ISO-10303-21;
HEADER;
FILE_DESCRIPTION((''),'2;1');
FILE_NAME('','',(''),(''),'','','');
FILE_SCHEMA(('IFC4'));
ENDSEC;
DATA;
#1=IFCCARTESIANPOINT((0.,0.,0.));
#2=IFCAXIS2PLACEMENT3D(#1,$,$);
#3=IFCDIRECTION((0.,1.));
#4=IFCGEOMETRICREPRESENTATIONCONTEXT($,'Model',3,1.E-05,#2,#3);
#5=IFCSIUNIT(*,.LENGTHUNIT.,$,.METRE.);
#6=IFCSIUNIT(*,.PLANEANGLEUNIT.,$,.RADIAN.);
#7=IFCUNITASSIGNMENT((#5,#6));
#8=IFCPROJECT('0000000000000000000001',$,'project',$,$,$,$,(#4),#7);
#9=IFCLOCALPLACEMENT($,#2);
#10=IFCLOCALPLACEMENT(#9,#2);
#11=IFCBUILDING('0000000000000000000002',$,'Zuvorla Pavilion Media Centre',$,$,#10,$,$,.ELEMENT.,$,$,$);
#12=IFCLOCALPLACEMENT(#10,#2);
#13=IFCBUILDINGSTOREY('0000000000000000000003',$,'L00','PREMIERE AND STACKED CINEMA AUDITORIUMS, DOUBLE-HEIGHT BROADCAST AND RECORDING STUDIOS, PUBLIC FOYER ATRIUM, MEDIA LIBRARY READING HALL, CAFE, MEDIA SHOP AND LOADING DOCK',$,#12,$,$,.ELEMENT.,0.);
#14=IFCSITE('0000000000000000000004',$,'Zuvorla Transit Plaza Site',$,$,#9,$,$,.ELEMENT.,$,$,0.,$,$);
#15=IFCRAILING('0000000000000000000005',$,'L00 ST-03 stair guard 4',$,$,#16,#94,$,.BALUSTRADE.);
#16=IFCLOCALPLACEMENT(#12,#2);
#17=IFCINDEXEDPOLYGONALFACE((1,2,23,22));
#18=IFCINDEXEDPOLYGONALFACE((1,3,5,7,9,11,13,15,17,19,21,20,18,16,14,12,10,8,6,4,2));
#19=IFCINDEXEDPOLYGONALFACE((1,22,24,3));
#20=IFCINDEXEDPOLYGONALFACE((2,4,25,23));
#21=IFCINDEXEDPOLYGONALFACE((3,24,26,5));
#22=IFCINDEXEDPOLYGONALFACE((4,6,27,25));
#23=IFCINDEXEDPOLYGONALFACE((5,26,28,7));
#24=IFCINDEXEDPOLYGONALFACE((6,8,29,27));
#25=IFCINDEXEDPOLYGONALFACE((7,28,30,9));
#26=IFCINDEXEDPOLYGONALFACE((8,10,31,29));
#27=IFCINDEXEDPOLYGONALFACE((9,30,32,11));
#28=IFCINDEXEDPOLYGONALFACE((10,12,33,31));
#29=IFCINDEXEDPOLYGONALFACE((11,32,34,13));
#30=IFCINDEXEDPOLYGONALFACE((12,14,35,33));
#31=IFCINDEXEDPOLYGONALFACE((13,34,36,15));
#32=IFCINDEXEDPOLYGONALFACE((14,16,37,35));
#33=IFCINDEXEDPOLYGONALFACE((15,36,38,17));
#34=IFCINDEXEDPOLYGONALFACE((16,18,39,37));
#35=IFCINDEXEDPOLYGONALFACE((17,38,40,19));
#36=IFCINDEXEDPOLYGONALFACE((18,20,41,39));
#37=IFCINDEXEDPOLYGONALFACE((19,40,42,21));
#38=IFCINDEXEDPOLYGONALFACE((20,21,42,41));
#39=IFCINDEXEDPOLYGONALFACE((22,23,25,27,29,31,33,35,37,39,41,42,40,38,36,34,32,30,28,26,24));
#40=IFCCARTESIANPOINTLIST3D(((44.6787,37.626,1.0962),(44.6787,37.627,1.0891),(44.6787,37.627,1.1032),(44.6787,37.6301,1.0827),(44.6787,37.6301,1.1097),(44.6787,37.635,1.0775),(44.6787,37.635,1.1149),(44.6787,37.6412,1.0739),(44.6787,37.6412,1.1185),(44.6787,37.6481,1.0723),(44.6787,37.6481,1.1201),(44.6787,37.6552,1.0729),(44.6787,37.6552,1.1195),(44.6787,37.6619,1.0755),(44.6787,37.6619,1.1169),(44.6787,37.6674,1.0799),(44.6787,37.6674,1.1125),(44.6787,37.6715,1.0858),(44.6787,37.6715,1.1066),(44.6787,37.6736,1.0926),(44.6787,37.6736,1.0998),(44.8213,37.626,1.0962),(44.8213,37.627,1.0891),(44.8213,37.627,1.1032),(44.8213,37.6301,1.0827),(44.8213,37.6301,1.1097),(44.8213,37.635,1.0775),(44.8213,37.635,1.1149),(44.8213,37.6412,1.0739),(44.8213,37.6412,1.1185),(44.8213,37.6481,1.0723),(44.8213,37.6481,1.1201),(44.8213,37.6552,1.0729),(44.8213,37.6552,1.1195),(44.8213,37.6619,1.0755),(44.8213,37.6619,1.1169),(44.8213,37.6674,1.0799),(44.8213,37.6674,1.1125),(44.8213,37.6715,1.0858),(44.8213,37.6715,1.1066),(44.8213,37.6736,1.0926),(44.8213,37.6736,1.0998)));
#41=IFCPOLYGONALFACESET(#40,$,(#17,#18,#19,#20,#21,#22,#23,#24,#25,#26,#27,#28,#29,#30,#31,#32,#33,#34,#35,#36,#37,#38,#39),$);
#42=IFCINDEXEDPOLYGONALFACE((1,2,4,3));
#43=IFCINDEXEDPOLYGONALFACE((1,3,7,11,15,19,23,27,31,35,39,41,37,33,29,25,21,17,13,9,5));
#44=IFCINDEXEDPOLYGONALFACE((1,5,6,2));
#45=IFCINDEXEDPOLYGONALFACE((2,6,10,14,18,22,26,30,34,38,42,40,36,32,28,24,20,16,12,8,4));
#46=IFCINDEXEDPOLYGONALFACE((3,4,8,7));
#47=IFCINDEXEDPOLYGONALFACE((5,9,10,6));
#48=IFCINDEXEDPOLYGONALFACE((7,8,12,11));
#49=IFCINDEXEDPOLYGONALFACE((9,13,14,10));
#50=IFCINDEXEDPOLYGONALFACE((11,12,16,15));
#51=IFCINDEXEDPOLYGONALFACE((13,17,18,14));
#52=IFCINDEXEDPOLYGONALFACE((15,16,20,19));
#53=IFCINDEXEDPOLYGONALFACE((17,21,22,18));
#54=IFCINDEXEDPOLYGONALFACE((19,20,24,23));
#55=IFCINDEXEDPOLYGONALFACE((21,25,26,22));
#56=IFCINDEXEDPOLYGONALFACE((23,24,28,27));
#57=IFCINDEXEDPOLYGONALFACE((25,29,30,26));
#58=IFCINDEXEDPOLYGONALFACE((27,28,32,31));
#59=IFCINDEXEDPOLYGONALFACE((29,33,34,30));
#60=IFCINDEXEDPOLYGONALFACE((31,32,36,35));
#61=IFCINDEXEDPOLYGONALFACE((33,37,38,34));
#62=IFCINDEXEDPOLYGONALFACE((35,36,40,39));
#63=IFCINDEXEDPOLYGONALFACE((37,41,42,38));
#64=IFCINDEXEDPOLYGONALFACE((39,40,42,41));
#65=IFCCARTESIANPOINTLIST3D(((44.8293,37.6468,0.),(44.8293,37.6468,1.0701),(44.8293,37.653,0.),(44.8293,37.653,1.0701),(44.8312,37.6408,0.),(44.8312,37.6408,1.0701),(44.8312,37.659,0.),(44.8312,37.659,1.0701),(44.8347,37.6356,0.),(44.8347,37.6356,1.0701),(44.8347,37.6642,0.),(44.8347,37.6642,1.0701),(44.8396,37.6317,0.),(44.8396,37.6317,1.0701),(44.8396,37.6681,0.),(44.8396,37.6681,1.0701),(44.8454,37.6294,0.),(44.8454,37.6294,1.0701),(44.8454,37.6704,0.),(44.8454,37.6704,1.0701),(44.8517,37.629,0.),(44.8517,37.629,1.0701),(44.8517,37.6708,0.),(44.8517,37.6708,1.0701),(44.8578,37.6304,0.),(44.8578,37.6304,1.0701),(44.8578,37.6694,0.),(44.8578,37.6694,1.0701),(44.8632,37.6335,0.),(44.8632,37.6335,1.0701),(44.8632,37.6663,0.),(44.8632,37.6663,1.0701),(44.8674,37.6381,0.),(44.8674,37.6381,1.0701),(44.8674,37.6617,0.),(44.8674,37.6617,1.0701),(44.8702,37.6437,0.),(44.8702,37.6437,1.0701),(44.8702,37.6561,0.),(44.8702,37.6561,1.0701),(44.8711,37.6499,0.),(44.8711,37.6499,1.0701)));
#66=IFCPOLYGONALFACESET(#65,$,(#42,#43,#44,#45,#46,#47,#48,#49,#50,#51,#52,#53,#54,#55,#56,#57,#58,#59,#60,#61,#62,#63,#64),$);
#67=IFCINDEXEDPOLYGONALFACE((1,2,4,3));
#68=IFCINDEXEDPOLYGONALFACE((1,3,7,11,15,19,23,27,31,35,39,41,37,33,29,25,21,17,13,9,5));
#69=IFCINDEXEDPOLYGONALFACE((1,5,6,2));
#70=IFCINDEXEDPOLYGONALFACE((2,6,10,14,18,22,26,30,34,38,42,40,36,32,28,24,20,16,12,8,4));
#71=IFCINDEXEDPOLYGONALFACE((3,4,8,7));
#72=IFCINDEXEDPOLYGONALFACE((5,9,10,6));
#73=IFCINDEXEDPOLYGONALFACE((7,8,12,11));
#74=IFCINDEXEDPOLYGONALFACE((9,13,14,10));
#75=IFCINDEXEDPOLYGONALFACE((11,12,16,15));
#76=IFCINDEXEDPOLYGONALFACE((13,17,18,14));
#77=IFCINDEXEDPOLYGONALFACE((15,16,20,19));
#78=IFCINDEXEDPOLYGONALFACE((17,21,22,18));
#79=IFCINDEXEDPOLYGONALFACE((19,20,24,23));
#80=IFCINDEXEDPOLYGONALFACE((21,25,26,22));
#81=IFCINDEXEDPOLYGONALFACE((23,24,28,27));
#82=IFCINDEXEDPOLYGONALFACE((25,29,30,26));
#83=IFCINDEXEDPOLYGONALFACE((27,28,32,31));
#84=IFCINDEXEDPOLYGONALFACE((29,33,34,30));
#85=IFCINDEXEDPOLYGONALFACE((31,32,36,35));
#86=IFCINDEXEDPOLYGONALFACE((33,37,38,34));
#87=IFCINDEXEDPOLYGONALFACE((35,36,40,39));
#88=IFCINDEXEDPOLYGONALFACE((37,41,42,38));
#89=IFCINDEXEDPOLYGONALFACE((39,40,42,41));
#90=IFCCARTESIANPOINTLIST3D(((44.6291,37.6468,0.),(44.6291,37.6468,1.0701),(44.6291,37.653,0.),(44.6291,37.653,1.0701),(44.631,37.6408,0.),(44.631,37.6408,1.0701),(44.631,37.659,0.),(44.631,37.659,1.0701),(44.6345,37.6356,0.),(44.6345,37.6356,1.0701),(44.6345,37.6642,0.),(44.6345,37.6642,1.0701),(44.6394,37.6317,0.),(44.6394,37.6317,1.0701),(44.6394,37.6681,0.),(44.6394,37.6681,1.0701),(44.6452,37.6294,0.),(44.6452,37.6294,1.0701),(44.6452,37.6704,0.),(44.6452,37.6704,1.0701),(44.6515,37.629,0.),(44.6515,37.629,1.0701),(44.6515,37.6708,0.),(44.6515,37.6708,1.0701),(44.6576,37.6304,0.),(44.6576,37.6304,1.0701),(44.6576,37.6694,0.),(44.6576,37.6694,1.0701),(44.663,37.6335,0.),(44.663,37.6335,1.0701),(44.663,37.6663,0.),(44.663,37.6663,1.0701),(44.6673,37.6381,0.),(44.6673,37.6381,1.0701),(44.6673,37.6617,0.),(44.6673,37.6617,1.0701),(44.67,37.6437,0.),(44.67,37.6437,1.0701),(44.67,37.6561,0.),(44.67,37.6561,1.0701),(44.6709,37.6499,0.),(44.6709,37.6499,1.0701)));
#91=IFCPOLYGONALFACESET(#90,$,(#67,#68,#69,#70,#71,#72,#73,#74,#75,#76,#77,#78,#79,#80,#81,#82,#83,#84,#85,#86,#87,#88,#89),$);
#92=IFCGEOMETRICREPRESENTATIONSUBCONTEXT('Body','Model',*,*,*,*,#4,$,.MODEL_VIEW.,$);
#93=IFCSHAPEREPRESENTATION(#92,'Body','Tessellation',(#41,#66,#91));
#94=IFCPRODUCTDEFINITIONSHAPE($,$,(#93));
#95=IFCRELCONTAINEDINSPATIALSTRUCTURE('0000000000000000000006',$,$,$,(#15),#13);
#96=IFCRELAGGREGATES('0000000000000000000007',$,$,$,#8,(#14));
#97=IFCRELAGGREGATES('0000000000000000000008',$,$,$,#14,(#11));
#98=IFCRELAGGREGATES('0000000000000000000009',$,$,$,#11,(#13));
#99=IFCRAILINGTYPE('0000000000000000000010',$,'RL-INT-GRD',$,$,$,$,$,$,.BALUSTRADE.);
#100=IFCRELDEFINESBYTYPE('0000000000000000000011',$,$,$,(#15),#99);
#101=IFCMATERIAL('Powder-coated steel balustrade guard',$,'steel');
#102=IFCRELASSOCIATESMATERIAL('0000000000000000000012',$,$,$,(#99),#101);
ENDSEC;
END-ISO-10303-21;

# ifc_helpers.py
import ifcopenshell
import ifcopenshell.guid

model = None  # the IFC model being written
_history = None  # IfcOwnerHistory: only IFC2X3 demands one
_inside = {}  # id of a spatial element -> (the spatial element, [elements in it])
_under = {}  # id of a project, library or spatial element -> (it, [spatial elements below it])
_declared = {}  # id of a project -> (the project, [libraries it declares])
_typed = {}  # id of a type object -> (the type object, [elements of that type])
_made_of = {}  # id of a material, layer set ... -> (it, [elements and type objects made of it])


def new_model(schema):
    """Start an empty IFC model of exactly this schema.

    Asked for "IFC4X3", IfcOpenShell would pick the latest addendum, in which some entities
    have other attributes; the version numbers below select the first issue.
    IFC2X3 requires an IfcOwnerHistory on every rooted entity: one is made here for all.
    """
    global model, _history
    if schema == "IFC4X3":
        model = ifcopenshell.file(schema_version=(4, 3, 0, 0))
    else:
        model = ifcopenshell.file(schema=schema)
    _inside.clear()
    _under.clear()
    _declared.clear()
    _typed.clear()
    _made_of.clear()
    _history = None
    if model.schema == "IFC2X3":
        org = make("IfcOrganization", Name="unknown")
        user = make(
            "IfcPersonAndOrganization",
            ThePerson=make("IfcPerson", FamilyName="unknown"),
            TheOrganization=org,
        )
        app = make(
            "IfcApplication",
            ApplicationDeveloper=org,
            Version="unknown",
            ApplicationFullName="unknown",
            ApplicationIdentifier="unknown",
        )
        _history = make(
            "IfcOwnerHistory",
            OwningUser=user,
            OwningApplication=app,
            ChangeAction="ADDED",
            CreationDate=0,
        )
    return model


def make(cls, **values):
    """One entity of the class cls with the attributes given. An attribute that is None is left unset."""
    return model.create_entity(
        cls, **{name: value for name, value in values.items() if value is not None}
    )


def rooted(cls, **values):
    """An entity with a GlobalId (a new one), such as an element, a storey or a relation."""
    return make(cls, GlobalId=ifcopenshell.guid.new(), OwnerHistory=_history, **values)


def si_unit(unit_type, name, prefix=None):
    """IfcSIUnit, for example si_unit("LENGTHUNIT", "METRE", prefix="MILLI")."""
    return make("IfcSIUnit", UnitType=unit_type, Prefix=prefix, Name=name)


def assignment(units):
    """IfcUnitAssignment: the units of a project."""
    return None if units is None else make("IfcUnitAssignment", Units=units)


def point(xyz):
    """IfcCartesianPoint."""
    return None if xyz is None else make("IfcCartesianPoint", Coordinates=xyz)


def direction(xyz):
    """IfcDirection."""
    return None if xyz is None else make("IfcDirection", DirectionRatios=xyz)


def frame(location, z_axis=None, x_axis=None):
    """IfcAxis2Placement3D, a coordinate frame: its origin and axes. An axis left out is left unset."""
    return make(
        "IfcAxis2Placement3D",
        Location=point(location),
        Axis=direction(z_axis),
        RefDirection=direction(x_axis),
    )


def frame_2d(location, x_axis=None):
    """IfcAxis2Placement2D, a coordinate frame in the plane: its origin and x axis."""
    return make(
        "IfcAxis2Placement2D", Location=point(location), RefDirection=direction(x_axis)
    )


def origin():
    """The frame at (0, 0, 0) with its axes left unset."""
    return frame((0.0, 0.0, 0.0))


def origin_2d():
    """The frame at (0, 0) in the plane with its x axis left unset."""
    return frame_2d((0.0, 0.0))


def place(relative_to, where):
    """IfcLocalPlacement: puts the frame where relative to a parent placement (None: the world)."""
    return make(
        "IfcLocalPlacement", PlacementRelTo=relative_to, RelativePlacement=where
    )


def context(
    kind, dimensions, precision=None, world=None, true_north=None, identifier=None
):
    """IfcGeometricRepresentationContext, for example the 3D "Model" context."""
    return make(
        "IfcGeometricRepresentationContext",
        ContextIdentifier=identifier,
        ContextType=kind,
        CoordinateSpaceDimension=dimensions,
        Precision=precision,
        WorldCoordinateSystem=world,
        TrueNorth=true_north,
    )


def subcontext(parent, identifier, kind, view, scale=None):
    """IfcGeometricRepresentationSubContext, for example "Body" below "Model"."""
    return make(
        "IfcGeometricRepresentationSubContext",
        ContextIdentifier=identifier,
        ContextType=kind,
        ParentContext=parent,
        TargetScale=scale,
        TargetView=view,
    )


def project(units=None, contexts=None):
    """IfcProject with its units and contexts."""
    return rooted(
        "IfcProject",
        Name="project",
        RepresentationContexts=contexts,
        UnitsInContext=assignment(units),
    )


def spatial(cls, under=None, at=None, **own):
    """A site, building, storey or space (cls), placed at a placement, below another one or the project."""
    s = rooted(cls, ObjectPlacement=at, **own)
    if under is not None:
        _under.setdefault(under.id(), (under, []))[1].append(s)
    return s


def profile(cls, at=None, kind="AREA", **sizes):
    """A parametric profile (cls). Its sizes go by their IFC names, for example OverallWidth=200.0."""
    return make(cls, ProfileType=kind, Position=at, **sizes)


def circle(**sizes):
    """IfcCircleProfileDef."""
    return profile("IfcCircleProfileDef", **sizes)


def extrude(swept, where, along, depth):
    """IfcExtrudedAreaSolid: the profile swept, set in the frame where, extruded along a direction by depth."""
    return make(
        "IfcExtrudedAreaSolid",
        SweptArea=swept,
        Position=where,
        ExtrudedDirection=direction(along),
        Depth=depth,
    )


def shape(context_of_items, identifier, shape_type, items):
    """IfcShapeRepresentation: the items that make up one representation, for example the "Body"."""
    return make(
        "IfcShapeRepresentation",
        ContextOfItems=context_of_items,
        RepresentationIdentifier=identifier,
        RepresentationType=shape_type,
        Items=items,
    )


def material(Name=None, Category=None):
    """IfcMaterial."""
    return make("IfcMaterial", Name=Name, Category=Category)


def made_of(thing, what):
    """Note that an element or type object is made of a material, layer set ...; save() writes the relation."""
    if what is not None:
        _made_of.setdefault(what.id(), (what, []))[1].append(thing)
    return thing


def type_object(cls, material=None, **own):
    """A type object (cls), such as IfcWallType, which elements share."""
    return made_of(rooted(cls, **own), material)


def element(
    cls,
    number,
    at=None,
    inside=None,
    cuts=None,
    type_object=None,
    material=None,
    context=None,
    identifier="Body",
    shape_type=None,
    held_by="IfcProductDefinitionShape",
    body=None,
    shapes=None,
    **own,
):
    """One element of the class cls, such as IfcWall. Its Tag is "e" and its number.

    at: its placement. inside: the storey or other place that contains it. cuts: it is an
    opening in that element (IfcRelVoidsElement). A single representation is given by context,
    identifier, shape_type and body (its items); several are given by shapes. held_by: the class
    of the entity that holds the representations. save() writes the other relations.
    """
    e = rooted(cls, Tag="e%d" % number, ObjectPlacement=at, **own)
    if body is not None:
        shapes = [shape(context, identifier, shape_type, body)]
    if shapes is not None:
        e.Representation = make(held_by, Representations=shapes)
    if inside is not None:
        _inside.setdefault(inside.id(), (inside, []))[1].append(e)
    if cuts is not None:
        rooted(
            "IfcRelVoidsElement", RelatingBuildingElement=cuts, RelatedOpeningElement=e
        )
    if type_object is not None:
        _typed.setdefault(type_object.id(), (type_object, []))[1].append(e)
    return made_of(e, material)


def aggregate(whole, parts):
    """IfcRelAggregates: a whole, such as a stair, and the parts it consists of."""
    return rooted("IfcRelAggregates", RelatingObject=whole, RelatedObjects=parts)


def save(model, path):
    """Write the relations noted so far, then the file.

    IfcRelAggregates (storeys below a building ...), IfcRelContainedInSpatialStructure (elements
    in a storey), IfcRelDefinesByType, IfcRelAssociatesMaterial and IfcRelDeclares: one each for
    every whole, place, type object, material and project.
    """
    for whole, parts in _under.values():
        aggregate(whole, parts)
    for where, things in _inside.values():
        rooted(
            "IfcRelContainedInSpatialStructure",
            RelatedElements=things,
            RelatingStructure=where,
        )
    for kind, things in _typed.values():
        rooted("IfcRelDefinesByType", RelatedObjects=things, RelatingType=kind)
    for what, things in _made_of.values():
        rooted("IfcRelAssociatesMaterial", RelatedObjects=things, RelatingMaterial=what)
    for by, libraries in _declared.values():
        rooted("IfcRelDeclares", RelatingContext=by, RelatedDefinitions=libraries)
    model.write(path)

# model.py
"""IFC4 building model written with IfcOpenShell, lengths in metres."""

from ifc_helpers import new_model, si_unit, direction, frame, origin, origin_2d, place, context, subcontext, project, spatial, circle, extrude, material, type_object, element, save


model = new_model("IFC4")

# Units and contexts
model_context = context("Model", 3, precision=1e-05, world=origin(), true_north=direction((0.0, 1.0)))
body_context = subcontext(model_context, "Body", "Model", "MODEL_VIEW")
ifc_project = project(units=[si_unit("LENGTHUNIT", "METRE"), si_unit("PLANEANGLEUNIT", "RADIAN")], contexts=[model_context])

# Site, building, storey
site_placement = place(None, origin())
site = spatial("IfcSite", under=ifc_project, at=site_placement, Name="Zuvorla Transit Plaza Site", CompositionType="ELEMENT", RefElevation=0.0)
building_placement = place(site_placement, origin())
building = spatial("IfcBuilding", under=site, at=building_placement, Name="Zuvorla Pavilion Media Centre", CompositionType="ELEMENT")
storey_placement = place(building_placement, origin())
storey = spatial("IfcBuildingStorey", under=building, at=storey_placement, Name="L00", Description="PREMIERE AND STACKED CINEMA AUDITORIUMS, DOUBLE-HEIGHT BROADCAST AND RECORDING STUDIOS, PUBLIC FOYER ATRIUM, MEDIA LIBRARY READING HALL, CAFE, MEDIA SHOP AND LOADING DOCK", CompositionType="ELEMENT", Elevation=0.0)

# Railing
ifc_material_1 = material(Name="Powder-coated steel balustrade guard", Category="steel")
railing_type_1 = type_object("IfcRailingType", Name="RL-INT-GRD", PredefinedType="BALUSTRADE", material=ifc_material_1)
railing_1_placement = place(storey_placement, frame((44.8501, 37.6499, 0.0)))
element("IfcRailing", 1, at=railing_1_placement, inside=storey, type_object=railing_type_1, Name="L00 ST-03 stair guard 4", PredefinedType="BALUSTRADE", context=body_context, shape_type="SweptSolid", body=[
    extrude(circle(Radius=0.0239, at=origin_2d()), frame((-0.0288, 0.0, 1.0962), z_axis=(-1.0, 0.0, 0.0), x_axis=(0.0, -1.0, 0.0)), (0.0, 0.0, 1.0), 0.1426),
    extrude(circle(Radius=0.021, at=origin_2d()), origin(), (0.0, 0.0, 1.0), 1.0701),
    extrude(circle(Radius=0.021, at=origin_2d()), frame((-0.2002, 0.0, 0.0)), (0.0, 0.0, 1.0), 1.0701),
])

save(model, "model.ifc")
